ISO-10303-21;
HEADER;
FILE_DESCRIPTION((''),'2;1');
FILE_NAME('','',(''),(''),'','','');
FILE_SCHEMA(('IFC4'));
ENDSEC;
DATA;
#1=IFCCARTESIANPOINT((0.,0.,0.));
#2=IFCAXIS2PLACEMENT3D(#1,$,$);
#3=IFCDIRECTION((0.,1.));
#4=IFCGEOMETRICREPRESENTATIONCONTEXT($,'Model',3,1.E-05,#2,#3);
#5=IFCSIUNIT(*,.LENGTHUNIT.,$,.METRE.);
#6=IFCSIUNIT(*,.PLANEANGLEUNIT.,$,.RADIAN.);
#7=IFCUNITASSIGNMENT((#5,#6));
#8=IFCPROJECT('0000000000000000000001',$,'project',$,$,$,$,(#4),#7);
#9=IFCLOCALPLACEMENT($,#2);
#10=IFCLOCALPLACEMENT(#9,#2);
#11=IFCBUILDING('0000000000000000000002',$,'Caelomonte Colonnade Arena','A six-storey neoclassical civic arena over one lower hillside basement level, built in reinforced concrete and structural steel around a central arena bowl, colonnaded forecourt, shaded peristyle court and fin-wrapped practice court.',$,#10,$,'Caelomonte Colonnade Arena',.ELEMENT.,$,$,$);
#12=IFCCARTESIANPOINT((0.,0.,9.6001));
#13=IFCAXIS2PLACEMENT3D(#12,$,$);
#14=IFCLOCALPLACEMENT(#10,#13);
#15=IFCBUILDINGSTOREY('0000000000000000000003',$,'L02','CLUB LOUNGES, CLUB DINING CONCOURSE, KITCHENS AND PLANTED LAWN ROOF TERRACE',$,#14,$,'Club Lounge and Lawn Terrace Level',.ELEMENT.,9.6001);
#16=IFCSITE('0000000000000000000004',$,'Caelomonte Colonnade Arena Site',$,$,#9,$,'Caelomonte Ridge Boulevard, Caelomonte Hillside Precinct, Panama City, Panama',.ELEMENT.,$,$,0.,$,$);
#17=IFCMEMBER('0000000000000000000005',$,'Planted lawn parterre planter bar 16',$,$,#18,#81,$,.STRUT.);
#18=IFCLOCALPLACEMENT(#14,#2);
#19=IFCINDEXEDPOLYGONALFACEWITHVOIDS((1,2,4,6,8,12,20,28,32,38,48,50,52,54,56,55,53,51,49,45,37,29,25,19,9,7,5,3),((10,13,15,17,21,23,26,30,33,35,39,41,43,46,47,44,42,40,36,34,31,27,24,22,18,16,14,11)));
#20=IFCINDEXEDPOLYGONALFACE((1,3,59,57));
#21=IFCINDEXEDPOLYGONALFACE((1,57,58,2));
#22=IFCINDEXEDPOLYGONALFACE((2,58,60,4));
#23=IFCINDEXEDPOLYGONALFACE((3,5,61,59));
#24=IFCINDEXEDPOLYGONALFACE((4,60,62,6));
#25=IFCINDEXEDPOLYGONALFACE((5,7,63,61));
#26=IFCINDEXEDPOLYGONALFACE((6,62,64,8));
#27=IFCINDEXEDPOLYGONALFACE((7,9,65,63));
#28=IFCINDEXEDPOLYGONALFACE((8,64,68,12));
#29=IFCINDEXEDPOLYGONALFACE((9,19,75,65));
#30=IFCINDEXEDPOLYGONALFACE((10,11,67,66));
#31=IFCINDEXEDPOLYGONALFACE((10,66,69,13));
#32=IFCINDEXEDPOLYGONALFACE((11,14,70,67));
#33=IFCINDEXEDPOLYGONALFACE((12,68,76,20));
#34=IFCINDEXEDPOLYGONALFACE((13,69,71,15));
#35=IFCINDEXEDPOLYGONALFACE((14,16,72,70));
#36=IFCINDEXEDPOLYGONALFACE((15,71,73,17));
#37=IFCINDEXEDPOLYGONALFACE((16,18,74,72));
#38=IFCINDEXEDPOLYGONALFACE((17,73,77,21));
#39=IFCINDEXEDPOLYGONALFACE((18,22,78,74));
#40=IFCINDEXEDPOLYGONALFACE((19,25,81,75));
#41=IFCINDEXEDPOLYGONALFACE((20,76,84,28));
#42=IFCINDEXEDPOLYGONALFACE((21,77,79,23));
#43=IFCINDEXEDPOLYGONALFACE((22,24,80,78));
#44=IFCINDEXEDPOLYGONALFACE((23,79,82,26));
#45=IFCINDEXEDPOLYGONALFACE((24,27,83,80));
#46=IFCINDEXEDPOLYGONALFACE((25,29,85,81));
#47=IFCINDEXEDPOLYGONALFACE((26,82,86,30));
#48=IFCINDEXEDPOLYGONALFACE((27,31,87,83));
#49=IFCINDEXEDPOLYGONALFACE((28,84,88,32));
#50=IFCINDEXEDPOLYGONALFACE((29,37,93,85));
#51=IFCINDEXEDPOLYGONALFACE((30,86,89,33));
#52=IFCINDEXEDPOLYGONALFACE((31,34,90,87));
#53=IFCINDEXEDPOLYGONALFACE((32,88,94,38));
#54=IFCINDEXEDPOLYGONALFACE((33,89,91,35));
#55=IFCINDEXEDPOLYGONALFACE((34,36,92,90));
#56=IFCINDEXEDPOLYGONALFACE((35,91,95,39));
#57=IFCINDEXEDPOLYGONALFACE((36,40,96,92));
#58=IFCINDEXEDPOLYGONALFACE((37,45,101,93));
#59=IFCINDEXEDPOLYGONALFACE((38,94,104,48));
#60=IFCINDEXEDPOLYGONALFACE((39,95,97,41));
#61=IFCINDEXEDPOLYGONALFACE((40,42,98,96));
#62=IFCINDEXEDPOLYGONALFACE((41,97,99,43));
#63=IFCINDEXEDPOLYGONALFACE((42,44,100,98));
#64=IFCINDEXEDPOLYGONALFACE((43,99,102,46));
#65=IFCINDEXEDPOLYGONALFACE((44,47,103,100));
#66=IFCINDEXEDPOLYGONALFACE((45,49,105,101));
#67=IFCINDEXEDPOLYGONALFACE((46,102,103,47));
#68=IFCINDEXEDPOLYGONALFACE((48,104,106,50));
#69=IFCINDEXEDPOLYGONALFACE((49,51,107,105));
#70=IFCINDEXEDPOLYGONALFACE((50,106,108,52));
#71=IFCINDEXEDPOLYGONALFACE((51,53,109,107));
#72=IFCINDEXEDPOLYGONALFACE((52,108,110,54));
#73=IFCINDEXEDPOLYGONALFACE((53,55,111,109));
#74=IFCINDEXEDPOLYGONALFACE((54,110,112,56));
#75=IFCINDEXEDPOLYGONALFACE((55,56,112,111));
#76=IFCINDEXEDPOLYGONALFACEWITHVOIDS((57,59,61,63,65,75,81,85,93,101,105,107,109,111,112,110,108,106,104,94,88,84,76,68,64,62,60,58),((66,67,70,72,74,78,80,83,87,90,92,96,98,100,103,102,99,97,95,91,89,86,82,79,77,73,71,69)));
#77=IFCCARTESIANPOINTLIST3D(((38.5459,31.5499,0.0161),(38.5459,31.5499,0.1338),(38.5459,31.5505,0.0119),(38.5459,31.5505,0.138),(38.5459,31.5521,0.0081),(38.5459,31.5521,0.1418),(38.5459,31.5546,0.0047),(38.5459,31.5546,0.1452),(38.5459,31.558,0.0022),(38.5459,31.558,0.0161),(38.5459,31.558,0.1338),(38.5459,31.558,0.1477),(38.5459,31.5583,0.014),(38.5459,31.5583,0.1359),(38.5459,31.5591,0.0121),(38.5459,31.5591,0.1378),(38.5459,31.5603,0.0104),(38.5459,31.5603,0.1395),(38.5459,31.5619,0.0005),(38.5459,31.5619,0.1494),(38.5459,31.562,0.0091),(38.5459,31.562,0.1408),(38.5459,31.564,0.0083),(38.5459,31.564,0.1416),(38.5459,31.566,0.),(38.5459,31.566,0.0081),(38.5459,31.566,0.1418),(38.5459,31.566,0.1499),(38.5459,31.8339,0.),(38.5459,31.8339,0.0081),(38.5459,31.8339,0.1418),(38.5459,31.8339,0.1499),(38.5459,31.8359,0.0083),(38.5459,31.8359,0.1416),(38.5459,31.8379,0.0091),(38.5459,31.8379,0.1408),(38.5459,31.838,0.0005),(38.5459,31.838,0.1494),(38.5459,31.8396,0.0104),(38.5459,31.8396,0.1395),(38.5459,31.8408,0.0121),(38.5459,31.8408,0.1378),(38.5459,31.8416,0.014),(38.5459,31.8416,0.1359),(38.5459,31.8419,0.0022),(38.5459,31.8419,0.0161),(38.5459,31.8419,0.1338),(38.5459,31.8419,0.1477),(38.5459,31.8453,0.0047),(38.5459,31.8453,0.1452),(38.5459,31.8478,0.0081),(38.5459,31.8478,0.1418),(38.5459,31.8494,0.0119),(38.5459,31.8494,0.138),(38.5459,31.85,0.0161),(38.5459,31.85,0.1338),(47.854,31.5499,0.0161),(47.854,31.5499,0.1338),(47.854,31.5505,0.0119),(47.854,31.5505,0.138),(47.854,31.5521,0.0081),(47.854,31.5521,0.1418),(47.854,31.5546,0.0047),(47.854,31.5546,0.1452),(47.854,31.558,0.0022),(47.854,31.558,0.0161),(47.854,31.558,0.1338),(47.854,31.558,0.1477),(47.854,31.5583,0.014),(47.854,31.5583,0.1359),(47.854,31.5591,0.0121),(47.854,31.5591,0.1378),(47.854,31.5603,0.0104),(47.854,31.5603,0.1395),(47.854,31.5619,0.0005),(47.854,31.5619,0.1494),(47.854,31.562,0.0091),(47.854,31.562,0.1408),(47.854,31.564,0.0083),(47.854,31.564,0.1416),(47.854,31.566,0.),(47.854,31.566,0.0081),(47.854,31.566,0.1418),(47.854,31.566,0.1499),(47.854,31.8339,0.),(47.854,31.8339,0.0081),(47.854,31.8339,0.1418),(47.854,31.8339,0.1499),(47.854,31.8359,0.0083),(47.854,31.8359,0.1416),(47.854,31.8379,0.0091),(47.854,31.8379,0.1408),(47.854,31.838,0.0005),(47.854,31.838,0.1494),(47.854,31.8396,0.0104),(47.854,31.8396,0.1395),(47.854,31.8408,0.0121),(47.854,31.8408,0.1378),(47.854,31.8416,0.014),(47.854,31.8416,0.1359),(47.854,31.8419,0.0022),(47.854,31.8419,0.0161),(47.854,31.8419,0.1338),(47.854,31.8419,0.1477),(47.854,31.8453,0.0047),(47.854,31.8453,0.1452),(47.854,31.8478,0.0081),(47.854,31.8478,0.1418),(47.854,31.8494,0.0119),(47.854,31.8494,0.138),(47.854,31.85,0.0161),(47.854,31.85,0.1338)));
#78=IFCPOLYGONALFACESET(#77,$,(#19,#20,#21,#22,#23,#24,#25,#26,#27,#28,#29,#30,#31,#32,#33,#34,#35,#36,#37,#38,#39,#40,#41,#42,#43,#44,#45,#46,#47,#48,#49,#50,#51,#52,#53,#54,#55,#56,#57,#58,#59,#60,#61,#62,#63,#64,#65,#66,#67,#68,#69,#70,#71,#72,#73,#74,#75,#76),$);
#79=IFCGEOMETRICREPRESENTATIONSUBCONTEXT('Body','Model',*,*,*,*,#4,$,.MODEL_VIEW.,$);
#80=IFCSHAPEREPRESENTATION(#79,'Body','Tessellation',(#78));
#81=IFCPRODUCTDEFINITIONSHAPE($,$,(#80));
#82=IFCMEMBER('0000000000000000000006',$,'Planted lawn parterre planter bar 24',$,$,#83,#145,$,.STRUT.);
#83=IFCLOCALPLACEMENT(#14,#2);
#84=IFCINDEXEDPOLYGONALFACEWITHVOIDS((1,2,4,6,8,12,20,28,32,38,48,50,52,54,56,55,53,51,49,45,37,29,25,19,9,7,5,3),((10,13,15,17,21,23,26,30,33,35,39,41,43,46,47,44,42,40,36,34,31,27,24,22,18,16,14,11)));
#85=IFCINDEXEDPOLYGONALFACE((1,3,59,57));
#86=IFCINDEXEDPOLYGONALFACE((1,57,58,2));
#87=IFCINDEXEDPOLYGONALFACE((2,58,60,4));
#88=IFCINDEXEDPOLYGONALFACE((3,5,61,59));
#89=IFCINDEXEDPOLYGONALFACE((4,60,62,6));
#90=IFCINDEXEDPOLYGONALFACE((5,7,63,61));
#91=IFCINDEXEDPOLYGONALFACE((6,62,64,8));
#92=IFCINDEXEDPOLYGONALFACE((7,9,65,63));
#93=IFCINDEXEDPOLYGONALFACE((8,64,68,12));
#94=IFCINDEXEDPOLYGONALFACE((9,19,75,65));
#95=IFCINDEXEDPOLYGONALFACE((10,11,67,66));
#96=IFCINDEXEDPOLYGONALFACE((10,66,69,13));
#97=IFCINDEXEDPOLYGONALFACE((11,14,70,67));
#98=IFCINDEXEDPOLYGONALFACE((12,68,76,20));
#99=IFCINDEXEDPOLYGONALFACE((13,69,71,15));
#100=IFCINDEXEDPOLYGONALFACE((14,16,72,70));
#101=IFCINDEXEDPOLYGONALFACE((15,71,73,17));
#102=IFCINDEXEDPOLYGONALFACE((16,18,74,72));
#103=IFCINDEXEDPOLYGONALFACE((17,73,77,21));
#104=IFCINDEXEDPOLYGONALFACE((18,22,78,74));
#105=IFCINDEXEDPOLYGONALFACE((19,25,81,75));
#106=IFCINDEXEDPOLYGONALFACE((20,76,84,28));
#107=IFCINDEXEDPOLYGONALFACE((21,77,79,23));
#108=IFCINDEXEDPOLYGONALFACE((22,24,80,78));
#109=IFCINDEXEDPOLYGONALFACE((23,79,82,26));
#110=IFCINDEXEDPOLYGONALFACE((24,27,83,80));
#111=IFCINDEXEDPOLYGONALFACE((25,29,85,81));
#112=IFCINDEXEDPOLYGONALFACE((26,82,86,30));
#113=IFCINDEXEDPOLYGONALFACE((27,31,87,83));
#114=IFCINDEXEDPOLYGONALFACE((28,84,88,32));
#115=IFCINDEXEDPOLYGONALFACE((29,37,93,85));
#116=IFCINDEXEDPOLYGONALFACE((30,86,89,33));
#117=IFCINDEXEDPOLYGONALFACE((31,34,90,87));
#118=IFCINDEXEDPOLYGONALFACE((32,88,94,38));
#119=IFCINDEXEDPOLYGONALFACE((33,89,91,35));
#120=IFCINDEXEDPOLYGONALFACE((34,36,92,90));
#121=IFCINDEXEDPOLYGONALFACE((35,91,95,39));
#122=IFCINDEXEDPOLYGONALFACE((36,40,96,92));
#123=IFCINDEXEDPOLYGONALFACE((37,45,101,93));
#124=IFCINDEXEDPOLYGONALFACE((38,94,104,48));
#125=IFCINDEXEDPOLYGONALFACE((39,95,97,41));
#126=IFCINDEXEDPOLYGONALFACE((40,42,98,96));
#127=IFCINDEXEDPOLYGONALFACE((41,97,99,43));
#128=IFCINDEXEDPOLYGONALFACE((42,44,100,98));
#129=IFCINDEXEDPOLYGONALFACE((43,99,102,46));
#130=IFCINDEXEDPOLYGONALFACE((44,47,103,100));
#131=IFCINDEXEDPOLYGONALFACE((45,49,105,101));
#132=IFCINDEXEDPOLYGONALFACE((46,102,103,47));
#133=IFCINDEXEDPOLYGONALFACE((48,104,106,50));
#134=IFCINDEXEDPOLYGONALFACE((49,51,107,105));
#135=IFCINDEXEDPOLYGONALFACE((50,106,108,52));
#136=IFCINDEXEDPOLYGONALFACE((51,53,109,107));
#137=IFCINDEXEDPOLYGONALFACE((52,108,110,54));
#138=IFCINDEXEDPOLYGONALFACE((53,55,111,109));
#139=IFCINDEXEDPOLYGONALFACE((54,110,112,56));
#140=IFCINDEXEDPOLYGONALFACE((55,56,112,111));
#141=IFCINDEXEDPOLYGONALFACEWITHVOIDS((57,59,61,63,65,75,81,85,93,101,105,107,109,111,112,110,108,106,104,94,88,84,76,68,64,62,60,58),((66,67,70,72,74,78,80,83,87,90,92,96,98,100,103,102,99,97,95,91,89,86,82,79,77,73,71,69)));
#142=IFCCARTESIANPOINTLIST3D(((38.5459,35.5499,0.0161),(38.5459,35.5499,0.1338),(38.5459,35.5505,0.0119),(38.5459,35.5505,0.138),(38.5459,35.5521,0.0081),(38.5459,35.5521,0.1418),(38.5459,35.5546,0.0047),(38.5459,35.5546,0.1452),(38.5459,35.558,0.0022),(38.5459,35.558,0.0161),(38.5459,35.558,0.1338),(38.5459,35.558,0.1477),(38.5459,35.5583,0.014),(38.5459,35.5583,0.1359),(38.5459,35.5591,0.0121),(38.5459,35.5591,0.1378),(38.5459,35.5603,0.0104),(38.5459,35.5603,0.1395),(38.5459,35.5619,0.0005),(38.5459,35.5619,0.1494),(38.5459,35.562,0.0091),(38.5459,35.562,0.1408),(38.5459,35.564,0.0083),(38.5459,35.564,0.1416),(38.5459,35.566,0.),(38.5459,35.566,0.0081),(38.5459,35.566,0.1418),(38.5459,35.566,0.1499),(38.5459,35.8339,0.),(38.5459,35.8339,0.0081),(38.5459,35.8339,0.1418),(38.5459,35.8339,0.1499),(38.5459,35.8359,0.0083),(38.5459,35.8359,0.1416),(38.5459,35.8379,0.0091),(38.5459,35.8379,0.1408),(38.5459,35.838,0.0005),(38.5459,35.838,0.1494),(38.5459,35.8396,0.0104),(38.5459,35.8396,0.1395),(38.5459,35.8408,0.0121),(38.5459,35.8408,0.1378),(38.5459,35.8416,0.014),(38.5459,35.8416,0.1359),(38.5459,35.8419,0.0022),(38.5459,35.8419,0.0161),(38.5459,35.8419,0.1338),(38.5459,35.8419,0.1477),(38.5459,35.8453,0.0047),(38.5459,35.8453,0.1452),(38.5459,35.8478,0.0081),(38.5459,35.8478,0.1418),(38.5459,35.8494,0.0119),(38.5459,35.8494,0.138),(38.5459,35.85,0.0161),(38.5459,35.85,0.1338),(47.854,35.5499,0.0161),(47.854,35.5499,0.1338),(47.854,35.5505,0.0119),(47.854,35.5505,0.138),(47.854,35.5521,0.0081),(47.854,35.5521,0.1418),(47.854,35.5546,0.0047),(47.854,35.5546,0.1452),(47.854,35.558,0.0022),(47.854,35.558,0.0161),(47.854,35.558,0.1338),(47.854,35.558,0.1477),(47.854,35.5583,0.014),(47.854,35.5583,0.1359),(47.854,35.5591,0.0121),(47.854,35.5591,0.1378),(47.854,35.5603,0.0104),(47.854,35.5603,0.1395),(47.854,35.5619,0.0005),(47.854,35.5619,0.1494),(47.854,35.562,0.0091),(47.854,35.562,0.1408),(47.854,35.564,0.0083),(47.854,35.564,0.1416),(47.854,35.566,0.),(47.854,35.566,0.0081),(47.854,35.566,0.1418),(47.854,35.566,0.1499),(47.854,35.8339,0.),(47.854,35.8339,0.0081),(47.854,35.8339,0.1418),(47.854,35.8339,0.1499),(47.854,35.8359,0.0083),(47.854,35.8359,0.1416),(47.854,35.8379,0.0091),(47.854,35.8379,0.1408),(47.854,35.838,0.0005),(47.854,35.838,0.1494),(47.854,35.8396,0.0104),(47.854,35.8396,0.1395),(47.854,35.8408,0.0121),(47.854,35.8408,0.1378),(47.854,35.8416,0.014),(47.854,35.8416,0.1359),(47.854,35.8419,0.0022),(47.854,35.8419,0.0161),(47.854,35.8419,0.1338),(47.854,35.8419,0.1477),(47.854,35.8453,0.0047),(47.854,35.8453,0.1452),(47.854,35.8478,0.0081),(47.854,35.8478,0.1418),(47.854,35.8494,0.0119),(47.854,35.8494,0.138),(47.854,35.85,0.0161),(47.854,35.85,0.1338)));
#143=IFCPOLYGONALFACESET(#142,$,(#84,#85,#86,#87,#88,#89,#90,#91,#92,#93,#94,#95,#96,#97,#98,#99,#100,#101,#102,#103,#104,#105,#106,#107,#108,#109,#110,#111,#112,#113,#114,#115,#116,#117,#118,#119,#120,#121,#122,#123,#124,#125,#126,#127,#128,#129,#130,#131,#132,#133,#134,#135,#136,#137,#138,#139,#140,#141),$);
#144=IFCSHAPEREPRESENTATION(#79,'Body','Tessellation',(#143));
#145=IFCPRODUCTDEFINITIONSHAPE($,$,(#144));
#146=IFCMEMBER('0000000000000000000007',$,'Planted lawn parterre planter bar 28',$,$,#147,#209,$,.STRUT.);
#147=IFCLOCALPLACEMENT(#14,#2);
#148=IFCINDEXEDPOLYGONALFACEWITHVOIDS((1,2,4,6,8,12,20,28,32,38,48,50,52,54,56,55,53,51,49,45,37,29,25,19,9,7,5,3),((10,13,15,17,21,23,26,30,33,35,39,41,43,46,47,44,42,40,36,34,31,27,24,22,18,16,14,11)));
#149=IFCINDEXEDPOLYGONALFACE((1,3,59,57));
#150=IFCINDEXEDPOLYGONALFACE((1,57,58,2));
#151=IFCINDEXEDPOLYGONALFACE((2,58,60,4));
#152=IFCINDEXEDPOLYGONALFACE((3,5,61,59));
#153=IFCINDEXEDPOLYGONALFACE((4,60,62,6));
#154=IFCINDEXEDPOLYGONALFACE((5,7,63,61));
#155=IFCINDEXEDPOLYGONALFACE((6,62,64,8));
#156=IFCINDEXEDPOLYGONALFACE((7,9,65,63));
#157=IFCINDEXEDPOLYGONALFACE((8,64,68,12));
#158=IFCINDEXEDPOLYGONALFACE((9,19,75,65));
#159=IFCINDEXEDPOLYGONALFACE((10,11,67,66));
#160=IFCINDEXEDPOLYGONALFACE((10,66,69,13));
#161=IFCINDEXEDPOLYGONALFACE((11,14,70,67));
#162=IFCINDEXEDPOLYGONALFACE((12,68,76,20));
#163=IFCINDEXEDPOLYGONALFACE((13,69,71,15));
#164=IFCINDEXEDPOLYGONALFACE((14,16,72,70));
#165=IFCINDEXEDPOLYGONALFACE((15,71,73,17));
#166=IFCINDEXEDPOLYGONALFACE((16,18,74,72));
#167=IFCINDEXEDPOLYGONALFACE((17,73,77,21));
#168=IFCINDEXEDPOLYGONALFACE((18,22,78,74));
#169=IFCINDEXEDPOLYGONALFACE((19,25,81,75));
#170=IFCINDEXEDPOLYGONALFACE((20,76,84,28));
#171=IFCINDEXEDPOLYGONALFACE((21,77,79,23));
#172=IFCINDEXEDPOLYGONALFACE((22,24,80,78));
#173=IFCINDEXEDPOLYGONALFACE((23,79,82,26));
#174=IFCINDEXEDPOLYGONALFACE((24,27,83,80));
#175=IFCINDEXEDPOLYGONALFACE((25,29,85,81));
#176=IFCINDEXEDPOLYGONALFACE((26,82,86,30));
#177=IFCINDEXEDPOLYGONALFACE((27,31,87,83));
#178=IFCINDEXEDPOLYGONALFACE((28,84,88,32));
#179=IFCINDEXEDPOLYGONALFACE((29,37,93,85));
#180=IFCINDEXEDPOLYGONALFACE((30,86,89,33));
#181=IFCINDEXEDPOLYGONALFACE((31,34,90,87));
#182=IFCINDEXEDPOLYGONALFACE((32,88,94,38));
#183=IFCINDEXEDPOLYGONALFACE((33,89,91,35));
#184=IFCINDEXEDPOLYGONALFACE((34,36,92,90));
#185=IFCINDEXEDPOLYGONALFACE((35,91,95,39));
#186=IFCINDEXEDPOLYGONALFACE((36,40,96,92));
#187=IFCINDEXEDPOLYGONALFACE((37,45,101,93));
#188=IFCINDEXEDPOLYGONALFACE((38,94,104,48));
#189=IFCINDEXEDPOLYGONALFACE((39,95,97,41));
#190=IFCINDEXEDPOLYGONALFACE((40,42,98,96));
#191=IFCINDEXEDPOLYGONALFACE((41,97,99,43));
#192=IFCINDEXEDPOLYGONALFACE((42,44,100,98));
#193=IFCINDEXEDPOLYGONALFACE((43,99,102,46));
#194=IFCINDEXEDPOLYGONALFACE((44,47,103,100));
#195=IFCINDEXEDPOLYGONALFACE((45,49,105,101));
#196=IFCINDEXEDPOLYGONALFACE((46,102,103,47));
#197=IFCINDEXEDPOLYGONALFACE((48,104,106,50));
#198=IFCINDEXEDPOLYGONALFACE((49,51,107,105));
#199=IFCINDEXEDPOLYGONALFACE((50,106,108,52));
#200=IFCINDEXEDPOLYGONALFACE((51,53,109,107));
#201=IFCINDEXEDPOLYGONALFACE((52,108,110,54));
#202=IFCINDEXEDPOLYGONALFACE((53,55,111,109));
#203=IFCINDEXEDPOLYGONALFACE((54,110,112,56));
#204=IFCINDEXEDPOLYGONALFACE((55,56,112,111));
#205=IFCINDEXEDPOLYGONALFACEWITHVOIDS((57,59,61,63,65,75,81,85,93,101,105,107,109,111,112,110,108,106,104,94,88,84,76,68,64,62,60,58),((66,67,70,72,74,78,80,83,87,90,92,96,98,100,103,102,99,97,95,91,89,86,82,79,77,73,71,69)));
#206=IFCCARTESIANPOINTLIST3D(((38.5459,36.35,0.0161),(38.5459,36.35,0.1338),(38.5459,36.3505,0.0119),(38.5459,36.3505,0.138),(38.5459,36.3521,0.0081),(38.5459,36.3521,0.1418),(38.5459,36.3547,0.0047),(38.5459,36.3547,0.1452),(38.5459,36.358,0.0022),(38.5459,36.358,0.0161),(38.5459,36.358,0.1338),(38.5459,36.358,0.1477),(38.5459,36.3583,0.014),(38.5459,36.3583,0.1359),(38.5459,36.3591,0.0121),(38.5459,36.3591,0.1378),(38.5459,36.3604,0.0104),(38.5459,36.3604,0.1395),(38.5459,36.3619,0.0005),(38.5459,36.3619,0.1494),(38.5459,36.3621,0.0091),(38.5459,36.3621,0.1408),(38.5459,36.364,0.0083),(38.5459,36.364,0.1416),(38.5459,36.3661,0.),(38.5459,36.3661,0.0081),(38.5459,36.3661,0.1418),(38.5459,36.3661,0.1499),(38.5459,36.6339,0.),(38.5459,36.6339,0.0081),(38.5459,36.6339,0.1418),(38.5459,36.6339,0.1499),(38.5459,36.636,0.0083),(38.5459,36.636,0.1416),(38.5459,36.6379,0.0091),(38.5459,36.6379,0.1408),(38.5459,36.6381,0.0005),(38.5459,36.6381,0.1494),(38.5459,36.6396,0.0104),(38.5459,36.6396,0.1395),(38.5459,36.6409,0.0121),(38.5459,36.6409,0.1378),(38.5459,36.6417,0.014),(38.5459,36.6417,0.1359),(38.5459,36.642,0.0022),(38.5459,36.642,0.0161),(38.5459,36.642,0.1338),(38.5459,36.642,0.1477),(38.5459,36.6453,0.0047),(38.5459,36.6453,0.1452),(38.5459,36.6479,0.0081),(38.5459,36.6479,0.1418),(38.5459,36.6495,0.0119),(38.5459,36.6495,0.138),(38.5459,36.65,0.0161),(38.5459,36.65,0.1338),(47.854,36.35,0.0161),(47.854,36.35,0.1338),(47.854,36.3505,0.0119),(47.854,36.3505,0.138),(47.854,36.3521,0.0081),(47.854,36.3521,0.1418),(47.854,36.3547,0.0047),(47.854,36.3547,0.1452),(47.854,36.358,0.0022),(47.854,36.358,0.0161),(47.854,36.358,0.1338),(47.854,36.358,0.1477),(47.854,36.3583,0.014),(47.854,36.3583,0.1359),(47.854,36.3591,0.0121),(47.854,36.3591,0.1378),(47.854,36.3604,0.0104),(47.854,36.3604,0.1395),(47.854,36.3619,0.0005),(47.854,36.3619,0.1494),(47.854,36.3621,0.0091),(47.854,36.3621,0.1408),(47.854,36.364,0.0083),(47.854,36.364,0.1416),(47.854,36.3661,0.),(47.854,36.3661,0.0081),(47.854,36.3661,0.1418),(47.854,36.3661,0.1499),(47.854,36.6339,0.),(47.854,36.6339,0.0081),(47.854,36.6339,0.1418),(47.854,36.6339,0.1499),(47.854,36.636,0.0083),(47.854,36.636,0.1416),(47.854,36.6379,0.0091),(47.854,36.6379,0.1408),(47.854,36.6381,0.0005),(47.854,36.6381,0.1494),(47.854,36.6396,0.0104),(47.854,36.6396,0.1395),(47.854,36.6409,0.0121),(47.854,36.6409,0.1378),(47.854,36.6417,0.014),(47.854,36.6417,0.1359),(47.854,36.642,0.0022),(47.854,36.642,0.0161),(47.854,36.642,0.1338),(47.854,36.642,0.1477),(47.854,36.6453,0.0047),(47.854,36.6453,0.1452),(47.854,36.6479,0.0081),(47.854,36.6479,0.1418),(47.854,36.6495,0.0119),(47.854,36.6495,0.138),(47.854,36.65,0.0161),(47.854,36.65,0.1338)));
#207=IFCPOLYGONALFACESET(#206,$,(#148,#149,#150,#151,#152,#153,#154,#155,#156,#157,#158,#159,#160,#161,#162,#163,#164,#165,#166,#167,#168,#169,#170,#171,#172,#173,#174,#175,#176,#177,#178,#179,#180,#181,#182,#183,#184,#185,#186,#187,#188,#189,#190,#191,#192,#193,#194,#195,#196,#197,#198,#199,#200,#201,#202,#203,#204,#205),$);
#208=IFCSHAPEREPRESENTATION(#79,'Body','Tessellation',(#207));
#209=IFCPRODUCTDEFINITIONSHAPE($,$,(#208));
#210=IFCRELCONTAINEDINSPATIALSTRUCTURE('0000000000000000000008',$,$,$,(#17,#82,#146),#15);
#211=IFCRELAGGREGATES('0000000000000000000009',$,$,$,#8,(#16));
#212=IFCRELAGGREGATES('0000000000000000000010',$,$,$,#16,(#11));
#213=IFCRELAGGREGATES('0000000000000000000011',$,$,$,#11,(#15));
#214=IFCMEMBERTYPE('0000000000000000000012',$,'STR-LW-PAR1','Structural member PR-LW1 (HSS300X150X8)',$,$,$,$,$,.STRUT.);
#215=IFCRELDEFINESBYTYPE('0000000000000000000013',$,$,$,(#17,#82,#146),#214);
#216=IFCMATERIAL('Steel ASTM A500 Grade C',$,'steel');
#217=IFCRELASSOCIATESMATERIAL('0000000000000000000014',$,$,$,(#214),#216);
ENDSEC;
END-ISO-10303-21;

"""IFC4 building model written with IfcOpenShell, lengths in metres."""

from ifc_helpers import new_model, si_unit, direction, frame, origin, origin_2d, place, context, subcontext, project, spatial, hollow_rectangle, extrude, material, material_profile, profile_set, type_object, element, save


model = new_model("IFC4")

# Units and contexts
model_context = context("Model", 3, precision=1e-05, world=origin(), true_north=direction((0.0, 1.0)))
body_context = subcontext(model_context, "Body", "Model", "MODEL_VIEW")
ifc_project = project(units=[si_unit("LENGTHUNIT", "METRE"), si_unit("PLANEANGLEUNIT", "RADIAN")], contexts=[model_context])

# Site, building, storey
site_placement = place(None, origin())
site = spatial("IfcSite", under=ifc_project, at=site_placement, Name="Caelomonte Colonnade Arena Site", LongName="Caelomonte Ridge Boulevard, Caelomonte Hillside Precinct, Panama City, Panama", CompositionType="ELEMENT", RefElevation=0.0)
building_placement = place(site_placement, origin())
building = spatial("IfcBuilding", under=site, at=building_placement, Name="Caelomonte Colonnade Arena", Description="A six-storey neoclassical civic arena over one lower hillside basement level, built in reinforced concrete and structural steel around a central arena bowl, colonnaded forecourt, shaded peristyle court and fin-wrapped practice court.", LongName="Caelomonte Colonnade Arena", CompositionType="ELEMENT")
storey_placement = place(building_placement, frame((0.0, 0.0, 9.6001)))
storey = spatial("IfcBuildingStorey", under=building, at=storey_placement, Name="L02", Description="CLUB LOUNGES, CLUB DINING CONCOURSE, KITCHENS AND PLANTED LAWN ROOF TERRACE", LongName="Club Lounge and Lawn Terrace Level", CompositionType="ELEMENT", Elevation=9.6001)

# Members
ifc_material_1 = material(Name="Steel ASTM A500 Grade C", Category="steel")
ifc_material_profile_1 = material_profile(ifc_material_1, hollow_rectangle(XDim=0.3, YDim=0.1499, WallThickness=0.0081, InnerFilletRadius=0.0081, OuterFilletRadius=0.0161, at=origin_2d()), Name="HSS300X150X8")
ifc_profile_set_1 = profile_set([ifc_material_profile_1], Name="Steel ASTM A500 Grade C")
member_type = type_object("IfcMemberType", Name="STR-LW-PAR1", Description="Structural member PR-LW1 (HSS300X150X8)", PredefinedType="STRUT", material=ifc_profile_set_1)
for number, where, z_axis, x_axis, name in (
    (1, (38.5459, 31.7, 0.075), (1.0, 0.0, 0.0), (0.0, 1.0, 0.0), "Planted lawn parterre planter bar 16"),
    (2, (38.5459, 35.7, 0.075), (1.0, 0.0, 0.0), (0.0, 1.0, 0.0), "Planted lawn parterre planter bar 24"),
    (3, (38.5459, 36.5, 0.075), (1.0, 0.0, 0.0), (0.0, 1.0, 0.0), "Planted lawn parterre planter bar 28"),
):
    element("IfcMember", number, at=place(storey_placement, frame(where, z_axis=z_axis, x_axis=x_axis)), inside=storey, type_object=member_type, Name=name, PredefinedType="STRUT", context=body_context, shape_type="SweptSolid", body=[
        extrude(hollow_rectangle(XDim=0.3, YDim=0.1499, WallThickness=0.0081, InnerFilletRadius=0.0081, OuterFilletRadius=0.0161, at=origin_2d()), origin(), (0.0, 0.0, 1.0), 9.3081),
    ])

save(model, "model.ifc")
